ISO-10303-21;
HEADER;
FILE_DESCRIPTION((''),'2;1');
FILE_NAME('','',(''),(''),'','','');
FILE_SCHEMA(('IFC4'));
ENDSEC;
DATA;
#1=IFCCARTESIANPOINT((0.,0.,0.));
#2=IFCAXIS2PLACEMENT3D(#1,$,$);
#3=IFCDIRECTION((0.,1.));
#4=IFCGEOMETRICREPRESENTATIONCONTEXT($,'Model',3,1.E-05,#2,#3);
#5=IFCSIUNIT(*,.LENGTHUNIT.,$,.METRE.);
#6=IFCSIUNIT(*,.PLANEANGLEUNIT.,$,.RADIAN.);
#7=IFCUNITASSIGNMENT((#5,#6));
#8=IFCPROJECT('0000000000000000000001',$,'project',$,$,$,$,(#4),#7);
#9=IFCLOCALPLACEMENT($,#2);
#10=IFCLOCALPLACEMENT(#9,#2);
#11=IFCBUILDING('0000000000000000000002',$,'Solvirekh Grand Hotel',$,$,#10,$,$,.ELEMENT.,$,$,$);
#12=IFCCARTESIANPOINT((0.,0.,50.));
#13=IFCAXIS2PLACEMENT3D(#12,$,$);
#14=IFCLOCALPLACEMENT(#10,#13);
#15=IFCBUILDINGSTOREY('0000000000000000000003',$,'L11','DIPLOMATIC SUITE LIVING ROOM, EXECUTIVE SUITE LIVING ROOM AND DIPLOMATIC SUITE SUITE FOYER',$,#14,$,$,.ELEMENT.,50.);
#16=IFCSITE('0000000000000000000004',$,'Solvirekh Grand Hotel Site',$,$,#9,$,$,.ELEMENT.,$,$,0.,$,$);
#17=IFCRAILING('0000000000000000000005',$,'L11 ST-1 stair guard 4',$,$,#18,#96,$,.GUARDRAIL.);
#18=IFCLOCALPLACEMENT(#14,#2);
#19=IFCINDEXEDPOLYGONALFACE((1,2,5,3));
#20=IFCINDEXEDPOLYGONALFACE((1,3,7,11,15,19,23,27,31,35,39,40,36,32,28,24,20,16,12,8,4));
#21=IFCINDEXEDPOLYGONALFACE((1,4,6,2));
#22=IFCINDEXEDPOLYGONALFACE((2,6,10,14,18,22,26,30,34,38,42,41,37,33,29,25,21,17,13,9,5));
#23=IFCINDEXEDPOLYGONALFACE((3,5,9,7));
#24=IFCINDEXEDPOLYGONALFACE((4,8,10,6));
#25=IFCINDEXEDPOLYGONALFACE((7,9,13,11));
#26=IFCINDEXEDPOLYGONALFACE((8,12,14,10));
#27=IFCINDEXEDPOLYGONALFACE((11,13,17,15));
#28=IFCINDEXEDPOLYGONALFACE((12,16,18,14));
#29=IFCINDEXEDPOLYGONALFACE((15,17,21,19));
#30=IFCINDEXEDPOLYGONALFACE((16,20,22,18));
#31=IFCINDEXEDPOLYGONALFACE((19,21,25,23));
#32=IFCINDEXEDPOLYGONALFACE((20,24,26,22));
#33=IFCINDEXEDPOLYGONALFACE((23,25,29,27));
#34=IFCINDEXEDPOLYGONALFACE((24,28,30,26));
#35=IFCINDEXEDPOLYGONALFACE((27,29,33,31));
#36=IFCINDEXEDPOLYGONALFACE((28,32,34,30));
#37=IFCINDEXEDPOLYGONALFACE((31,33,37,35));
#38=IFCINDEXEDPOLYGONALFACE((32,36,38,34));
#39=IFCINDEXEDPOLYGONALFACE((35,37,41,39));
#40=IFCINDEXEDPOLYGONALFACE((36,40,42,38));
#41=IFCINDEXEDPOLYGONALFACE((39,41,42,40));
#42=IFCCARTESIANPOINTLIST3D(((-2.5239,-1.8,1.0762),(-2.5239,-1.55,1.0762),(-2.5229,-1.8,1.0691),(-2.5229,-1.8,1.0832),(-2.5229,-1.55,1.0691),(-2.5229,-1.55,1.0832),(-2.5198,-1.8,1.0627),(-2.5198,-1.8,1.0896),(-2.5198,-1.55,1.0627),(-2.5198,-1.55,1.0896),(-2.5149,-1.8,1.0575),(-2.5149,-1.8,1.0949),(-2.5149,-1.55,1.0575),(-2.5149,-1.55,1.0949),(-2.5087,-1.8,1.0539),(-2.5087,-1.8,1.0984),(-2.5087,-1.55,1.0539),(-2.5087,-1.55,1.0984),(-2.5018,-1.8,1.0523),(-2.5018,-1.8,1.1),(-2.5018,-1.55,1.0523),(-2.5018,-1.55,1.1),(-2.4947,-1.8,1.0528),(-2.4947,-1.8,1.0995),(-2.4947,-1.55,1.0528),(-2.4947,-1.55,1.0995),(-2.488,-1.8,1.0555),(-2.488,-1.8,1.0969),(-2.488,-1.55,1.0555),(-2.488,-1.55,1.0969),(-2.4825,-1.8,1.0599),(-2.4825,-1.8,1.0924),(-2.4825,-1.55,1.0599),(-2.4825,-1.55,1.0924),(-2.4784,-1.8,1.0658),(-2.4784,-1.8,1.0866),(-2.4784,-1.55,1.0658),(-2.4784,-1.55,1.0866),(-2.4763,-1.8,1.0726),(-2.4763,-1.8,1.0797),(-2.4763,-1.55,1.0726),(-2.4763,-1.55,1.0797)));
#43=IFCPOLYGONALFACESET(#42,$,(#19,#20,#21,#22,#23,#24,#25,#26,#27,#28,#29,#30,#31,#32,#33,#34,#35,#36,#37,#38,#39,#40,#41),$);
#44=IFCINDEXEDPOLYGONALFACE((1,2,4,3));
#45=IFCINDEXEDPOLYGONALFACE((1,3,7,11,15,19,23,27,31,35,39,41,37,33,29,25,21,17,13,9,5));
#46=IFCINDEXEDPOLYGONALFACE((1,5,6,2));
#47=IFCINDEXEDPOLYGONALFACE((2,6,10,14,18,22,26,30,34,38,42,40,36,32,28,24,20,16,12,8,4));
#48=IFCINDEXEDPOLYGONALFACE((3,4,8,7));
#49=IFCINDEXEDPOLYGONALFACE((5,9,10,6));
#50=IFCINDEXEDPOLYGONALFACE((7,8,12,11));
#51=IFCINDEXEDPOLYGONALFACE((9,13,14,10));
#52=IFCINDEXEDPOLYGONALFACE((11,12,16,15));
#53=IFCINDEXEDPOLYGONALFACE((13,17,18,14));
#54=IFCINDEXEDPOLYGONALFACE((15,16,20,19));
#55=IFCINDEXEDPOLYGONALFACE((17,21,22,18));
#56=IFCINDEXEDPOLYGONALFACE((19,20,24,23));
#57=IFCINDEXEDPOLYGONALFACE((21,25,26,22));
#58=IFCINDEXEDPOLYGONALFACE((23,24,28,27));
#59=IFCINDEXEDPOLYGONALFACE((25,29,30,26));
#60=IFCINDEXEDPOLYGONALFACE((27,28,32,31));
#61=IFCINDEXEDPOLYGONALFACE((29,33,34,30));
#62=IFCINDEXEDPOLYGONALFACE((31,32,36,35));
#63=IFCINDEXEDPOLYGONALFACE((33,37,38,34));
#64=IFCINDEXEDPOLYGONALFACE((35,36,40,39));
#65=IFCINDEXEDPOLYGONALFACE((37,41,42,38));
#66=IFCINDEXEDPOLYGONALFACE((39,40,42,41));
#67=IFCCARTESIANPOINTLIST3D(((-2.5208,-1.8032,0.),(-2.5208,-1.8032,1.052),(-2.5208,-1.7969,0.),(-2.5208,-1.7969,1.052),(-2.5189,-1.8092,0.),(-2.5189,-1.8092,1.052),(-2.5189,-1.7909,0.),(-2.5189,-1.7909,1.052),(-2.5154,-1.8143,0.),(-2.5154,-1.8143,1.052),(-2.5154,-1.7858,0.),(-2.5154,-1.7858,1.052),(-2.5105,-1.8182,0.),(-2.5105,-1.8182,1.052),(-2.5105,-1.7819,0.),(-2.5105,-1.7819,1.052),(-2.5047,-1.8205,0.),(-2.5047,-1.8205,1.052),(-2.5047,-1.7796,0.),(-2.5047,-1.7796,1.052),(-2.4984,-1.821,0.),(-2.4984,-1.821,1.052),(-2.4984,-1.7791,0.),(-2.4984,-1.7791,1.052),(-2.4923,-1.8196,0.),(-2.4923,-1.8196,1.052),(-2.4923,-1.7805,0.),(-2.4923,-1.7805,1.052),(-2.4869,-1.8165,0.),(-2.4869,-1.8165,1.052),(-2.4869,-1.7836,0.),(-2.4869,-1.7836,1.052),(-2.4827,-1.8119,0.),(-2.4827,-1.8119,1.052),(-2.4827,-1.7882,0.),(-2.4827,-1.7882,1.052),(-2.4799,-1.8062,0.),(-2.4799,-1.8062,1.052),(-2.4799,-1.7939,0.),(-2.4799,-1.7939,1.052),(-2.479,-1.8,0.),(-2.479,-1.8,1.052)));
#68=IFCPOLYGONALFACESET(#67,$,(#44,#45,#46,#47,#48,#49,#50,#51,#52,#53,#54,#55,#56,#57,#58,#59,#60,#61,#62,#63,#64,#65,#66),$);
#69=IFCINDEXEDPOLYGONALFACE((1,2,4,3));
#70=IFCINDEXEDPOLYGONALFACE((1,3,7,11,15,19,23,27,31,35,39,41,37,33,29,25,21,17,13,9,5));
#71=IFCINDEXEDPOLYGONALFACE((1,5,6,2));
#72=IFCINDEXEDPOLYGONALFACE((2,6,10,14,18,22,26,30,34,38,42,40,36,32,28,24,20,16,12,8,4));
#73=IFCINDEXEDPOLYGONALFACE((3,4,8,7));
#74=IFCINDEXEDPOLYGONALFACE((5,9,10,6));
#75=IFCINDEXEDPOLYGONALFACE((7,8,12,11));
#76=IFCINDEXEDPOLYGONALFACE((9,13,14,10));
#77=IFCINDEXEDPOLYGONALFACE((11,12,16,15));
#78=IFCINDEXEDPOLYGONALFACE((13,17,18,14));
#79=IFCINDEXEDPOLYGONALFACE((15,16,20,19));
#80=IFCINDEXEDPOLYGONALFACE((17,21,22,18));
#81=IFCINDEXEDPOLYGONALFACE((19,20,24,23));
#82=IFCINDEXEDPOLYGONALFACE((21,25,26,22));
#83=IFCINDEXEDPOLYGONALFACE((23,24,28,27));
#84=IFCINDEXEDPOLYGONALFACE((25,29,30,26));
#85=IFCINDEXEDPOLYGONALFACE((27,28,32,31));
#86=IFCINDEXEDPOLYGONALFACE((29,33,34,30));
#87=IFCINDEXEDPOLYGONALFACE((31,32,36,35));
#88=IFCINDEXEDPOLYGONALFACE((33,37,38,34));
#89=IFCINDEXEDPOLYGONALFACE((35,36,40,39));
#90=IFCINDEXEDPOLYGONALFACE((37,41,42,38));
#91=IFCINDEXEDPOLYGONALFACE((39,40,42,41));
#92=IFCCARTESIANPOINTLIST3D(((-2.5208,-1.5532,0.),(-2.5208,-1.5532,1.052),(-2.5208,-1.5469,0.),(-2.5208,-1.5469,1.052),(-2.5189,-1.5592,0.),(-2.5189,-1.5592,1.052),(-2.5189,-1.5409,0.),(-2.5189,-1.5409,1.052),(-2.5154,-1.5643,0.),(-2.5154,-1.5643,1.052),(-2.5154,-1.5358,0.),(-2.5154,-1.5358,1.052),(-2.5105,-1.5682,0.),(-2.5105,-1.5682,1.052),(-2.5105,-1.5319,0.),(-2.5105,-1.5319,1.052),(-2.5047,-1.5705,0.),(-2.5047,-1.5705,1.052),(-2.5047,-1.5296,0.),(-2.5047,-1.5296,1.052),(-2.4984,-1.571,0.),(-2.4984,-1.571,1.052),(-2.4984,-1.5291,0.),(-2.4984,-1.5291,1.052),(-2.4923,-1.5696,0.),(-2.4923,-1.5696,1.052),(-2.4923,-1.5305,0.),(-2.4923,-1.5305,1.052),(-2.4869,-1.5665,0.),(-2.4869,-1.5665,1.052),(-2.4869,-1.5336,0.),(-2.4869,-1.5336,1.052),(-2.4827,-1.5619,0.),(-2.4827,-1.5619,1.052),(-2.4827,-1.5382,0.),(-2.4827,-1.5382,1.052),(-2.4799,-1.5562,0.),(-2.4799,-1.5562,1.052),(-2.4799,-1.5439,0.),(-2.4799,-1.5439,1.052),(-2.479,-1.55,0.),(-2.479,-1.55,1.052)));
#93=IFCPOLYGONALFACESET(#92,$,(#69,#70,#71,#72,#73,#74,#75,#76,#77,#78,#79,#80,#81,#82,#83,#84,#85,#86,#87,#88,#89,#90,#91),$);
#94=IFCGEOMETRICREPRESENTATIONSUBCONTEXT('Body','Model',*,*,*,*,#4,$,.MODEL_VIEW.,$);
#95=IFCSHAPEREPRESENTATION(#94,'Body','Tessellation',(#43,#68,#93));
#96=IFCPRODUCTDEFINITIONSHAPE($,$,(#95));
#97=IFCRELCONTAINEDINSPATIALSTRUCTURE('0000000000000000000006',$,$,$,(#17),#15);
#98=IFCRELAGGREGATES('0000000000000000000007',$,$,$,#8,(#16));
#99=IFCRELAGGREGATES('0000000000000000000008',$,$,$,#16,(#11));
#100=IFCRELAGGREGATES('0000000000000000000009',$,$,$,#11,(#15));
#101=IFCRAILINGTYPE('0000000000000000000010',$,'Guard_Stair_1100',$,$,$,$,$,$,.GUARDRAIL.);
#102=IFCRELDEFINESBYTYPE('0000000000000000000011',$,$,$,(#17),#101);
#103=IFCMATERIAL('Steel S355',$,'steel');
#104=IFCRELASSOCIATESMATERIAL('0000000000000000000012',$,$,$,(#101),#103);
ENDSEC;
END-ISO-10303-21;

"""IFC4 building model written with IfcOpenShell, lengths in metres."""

from ifc_helpers import new_model, si_unit, direction, frame, origin, origin_2d, place, context, subcontext, project, spatial, circle, extrude, material, type_object, element, save


model = new_model("IFC4")

# Units and contexts
model_context = context("Model", 3, precision=1e-05, world=origin(), true_north=direction((0.0, 1.0)))
body_context = subcontext(model_context, "Body", "Model", "MODEL_VIEW")
ifc_project = project(units=[si_unit("LENGTHUNIT", "METRE"), si_unit("PLANEANGLEUNIT", "RADIAN")], contexts=[model_context])

# Site, building, storey
site_placement = place(None, origin())
site = spatial("IfcSite", under=ifc_project, at=site_placement, Name="Solvirekh Grand Hotel Site", CompositionType="ELEMENT", RefElevation=0.0)
building_placement = place(site_placement, origin())
building = spatial("IfcBuilding", under=site, at=building_placement, Name="Solvirekh Grand Hotel", CompositionType="ELEMENT")
storey_placement = place(building_placement, frame((0.0, 0.0, 50.0)))
storey = spatial("IfcBuildingStorey", under=building, at=storey_placement, Name="L11", Description="DIPLOMATIC SUITE LIVING ROOM, EXECUTIVE SUITE LIVING ROOM AND DIPLOMATIC SUITE SUITE FOYER", CompositionType="ELEMENT", Elevation=50.0)

# Railing
ifc_material_1 = material(Name="Steel S355", Category="steel")
railing_type_1 = type_object("IfcRailingType", Name="Guard_Stair_1100", PredefinedType="GUARDRAIL", material=ifc_material_1)
railing_1_placement = place(storey_placement, frame((-2.5, -1.8, 0.0)))
element("IfcRailing", 1, at=railing_1_placement, inside=storey, type_object=railing_type_1, Name="L11 ST-1 stair guard 4", PredefinedType="GUARDRAIL", context=body_context, shape_type="SweptSolid", body=[
    extrude(circle(Radius=0.0239, at=origin_2d()), frame((0.0, 0.0, 1.0762), z_axis=(0.0, 1.0, 0.0), x_axis=(-1.0, 0.0, 0.0)), (0.0, 0.0, 1.0), 0.25),
    extrude(circle(Radius=0.021, at=origin_2d()), origin(), (0.0, 0.0, 1.0), 1.052),
    extrude(circle(Radius=0.021, at=origin_2d()), frame((0.0, 0.25, 0.0)), (0.0, 0.0, 1.0), 1.052),
])

save(model, "model.ifc")
